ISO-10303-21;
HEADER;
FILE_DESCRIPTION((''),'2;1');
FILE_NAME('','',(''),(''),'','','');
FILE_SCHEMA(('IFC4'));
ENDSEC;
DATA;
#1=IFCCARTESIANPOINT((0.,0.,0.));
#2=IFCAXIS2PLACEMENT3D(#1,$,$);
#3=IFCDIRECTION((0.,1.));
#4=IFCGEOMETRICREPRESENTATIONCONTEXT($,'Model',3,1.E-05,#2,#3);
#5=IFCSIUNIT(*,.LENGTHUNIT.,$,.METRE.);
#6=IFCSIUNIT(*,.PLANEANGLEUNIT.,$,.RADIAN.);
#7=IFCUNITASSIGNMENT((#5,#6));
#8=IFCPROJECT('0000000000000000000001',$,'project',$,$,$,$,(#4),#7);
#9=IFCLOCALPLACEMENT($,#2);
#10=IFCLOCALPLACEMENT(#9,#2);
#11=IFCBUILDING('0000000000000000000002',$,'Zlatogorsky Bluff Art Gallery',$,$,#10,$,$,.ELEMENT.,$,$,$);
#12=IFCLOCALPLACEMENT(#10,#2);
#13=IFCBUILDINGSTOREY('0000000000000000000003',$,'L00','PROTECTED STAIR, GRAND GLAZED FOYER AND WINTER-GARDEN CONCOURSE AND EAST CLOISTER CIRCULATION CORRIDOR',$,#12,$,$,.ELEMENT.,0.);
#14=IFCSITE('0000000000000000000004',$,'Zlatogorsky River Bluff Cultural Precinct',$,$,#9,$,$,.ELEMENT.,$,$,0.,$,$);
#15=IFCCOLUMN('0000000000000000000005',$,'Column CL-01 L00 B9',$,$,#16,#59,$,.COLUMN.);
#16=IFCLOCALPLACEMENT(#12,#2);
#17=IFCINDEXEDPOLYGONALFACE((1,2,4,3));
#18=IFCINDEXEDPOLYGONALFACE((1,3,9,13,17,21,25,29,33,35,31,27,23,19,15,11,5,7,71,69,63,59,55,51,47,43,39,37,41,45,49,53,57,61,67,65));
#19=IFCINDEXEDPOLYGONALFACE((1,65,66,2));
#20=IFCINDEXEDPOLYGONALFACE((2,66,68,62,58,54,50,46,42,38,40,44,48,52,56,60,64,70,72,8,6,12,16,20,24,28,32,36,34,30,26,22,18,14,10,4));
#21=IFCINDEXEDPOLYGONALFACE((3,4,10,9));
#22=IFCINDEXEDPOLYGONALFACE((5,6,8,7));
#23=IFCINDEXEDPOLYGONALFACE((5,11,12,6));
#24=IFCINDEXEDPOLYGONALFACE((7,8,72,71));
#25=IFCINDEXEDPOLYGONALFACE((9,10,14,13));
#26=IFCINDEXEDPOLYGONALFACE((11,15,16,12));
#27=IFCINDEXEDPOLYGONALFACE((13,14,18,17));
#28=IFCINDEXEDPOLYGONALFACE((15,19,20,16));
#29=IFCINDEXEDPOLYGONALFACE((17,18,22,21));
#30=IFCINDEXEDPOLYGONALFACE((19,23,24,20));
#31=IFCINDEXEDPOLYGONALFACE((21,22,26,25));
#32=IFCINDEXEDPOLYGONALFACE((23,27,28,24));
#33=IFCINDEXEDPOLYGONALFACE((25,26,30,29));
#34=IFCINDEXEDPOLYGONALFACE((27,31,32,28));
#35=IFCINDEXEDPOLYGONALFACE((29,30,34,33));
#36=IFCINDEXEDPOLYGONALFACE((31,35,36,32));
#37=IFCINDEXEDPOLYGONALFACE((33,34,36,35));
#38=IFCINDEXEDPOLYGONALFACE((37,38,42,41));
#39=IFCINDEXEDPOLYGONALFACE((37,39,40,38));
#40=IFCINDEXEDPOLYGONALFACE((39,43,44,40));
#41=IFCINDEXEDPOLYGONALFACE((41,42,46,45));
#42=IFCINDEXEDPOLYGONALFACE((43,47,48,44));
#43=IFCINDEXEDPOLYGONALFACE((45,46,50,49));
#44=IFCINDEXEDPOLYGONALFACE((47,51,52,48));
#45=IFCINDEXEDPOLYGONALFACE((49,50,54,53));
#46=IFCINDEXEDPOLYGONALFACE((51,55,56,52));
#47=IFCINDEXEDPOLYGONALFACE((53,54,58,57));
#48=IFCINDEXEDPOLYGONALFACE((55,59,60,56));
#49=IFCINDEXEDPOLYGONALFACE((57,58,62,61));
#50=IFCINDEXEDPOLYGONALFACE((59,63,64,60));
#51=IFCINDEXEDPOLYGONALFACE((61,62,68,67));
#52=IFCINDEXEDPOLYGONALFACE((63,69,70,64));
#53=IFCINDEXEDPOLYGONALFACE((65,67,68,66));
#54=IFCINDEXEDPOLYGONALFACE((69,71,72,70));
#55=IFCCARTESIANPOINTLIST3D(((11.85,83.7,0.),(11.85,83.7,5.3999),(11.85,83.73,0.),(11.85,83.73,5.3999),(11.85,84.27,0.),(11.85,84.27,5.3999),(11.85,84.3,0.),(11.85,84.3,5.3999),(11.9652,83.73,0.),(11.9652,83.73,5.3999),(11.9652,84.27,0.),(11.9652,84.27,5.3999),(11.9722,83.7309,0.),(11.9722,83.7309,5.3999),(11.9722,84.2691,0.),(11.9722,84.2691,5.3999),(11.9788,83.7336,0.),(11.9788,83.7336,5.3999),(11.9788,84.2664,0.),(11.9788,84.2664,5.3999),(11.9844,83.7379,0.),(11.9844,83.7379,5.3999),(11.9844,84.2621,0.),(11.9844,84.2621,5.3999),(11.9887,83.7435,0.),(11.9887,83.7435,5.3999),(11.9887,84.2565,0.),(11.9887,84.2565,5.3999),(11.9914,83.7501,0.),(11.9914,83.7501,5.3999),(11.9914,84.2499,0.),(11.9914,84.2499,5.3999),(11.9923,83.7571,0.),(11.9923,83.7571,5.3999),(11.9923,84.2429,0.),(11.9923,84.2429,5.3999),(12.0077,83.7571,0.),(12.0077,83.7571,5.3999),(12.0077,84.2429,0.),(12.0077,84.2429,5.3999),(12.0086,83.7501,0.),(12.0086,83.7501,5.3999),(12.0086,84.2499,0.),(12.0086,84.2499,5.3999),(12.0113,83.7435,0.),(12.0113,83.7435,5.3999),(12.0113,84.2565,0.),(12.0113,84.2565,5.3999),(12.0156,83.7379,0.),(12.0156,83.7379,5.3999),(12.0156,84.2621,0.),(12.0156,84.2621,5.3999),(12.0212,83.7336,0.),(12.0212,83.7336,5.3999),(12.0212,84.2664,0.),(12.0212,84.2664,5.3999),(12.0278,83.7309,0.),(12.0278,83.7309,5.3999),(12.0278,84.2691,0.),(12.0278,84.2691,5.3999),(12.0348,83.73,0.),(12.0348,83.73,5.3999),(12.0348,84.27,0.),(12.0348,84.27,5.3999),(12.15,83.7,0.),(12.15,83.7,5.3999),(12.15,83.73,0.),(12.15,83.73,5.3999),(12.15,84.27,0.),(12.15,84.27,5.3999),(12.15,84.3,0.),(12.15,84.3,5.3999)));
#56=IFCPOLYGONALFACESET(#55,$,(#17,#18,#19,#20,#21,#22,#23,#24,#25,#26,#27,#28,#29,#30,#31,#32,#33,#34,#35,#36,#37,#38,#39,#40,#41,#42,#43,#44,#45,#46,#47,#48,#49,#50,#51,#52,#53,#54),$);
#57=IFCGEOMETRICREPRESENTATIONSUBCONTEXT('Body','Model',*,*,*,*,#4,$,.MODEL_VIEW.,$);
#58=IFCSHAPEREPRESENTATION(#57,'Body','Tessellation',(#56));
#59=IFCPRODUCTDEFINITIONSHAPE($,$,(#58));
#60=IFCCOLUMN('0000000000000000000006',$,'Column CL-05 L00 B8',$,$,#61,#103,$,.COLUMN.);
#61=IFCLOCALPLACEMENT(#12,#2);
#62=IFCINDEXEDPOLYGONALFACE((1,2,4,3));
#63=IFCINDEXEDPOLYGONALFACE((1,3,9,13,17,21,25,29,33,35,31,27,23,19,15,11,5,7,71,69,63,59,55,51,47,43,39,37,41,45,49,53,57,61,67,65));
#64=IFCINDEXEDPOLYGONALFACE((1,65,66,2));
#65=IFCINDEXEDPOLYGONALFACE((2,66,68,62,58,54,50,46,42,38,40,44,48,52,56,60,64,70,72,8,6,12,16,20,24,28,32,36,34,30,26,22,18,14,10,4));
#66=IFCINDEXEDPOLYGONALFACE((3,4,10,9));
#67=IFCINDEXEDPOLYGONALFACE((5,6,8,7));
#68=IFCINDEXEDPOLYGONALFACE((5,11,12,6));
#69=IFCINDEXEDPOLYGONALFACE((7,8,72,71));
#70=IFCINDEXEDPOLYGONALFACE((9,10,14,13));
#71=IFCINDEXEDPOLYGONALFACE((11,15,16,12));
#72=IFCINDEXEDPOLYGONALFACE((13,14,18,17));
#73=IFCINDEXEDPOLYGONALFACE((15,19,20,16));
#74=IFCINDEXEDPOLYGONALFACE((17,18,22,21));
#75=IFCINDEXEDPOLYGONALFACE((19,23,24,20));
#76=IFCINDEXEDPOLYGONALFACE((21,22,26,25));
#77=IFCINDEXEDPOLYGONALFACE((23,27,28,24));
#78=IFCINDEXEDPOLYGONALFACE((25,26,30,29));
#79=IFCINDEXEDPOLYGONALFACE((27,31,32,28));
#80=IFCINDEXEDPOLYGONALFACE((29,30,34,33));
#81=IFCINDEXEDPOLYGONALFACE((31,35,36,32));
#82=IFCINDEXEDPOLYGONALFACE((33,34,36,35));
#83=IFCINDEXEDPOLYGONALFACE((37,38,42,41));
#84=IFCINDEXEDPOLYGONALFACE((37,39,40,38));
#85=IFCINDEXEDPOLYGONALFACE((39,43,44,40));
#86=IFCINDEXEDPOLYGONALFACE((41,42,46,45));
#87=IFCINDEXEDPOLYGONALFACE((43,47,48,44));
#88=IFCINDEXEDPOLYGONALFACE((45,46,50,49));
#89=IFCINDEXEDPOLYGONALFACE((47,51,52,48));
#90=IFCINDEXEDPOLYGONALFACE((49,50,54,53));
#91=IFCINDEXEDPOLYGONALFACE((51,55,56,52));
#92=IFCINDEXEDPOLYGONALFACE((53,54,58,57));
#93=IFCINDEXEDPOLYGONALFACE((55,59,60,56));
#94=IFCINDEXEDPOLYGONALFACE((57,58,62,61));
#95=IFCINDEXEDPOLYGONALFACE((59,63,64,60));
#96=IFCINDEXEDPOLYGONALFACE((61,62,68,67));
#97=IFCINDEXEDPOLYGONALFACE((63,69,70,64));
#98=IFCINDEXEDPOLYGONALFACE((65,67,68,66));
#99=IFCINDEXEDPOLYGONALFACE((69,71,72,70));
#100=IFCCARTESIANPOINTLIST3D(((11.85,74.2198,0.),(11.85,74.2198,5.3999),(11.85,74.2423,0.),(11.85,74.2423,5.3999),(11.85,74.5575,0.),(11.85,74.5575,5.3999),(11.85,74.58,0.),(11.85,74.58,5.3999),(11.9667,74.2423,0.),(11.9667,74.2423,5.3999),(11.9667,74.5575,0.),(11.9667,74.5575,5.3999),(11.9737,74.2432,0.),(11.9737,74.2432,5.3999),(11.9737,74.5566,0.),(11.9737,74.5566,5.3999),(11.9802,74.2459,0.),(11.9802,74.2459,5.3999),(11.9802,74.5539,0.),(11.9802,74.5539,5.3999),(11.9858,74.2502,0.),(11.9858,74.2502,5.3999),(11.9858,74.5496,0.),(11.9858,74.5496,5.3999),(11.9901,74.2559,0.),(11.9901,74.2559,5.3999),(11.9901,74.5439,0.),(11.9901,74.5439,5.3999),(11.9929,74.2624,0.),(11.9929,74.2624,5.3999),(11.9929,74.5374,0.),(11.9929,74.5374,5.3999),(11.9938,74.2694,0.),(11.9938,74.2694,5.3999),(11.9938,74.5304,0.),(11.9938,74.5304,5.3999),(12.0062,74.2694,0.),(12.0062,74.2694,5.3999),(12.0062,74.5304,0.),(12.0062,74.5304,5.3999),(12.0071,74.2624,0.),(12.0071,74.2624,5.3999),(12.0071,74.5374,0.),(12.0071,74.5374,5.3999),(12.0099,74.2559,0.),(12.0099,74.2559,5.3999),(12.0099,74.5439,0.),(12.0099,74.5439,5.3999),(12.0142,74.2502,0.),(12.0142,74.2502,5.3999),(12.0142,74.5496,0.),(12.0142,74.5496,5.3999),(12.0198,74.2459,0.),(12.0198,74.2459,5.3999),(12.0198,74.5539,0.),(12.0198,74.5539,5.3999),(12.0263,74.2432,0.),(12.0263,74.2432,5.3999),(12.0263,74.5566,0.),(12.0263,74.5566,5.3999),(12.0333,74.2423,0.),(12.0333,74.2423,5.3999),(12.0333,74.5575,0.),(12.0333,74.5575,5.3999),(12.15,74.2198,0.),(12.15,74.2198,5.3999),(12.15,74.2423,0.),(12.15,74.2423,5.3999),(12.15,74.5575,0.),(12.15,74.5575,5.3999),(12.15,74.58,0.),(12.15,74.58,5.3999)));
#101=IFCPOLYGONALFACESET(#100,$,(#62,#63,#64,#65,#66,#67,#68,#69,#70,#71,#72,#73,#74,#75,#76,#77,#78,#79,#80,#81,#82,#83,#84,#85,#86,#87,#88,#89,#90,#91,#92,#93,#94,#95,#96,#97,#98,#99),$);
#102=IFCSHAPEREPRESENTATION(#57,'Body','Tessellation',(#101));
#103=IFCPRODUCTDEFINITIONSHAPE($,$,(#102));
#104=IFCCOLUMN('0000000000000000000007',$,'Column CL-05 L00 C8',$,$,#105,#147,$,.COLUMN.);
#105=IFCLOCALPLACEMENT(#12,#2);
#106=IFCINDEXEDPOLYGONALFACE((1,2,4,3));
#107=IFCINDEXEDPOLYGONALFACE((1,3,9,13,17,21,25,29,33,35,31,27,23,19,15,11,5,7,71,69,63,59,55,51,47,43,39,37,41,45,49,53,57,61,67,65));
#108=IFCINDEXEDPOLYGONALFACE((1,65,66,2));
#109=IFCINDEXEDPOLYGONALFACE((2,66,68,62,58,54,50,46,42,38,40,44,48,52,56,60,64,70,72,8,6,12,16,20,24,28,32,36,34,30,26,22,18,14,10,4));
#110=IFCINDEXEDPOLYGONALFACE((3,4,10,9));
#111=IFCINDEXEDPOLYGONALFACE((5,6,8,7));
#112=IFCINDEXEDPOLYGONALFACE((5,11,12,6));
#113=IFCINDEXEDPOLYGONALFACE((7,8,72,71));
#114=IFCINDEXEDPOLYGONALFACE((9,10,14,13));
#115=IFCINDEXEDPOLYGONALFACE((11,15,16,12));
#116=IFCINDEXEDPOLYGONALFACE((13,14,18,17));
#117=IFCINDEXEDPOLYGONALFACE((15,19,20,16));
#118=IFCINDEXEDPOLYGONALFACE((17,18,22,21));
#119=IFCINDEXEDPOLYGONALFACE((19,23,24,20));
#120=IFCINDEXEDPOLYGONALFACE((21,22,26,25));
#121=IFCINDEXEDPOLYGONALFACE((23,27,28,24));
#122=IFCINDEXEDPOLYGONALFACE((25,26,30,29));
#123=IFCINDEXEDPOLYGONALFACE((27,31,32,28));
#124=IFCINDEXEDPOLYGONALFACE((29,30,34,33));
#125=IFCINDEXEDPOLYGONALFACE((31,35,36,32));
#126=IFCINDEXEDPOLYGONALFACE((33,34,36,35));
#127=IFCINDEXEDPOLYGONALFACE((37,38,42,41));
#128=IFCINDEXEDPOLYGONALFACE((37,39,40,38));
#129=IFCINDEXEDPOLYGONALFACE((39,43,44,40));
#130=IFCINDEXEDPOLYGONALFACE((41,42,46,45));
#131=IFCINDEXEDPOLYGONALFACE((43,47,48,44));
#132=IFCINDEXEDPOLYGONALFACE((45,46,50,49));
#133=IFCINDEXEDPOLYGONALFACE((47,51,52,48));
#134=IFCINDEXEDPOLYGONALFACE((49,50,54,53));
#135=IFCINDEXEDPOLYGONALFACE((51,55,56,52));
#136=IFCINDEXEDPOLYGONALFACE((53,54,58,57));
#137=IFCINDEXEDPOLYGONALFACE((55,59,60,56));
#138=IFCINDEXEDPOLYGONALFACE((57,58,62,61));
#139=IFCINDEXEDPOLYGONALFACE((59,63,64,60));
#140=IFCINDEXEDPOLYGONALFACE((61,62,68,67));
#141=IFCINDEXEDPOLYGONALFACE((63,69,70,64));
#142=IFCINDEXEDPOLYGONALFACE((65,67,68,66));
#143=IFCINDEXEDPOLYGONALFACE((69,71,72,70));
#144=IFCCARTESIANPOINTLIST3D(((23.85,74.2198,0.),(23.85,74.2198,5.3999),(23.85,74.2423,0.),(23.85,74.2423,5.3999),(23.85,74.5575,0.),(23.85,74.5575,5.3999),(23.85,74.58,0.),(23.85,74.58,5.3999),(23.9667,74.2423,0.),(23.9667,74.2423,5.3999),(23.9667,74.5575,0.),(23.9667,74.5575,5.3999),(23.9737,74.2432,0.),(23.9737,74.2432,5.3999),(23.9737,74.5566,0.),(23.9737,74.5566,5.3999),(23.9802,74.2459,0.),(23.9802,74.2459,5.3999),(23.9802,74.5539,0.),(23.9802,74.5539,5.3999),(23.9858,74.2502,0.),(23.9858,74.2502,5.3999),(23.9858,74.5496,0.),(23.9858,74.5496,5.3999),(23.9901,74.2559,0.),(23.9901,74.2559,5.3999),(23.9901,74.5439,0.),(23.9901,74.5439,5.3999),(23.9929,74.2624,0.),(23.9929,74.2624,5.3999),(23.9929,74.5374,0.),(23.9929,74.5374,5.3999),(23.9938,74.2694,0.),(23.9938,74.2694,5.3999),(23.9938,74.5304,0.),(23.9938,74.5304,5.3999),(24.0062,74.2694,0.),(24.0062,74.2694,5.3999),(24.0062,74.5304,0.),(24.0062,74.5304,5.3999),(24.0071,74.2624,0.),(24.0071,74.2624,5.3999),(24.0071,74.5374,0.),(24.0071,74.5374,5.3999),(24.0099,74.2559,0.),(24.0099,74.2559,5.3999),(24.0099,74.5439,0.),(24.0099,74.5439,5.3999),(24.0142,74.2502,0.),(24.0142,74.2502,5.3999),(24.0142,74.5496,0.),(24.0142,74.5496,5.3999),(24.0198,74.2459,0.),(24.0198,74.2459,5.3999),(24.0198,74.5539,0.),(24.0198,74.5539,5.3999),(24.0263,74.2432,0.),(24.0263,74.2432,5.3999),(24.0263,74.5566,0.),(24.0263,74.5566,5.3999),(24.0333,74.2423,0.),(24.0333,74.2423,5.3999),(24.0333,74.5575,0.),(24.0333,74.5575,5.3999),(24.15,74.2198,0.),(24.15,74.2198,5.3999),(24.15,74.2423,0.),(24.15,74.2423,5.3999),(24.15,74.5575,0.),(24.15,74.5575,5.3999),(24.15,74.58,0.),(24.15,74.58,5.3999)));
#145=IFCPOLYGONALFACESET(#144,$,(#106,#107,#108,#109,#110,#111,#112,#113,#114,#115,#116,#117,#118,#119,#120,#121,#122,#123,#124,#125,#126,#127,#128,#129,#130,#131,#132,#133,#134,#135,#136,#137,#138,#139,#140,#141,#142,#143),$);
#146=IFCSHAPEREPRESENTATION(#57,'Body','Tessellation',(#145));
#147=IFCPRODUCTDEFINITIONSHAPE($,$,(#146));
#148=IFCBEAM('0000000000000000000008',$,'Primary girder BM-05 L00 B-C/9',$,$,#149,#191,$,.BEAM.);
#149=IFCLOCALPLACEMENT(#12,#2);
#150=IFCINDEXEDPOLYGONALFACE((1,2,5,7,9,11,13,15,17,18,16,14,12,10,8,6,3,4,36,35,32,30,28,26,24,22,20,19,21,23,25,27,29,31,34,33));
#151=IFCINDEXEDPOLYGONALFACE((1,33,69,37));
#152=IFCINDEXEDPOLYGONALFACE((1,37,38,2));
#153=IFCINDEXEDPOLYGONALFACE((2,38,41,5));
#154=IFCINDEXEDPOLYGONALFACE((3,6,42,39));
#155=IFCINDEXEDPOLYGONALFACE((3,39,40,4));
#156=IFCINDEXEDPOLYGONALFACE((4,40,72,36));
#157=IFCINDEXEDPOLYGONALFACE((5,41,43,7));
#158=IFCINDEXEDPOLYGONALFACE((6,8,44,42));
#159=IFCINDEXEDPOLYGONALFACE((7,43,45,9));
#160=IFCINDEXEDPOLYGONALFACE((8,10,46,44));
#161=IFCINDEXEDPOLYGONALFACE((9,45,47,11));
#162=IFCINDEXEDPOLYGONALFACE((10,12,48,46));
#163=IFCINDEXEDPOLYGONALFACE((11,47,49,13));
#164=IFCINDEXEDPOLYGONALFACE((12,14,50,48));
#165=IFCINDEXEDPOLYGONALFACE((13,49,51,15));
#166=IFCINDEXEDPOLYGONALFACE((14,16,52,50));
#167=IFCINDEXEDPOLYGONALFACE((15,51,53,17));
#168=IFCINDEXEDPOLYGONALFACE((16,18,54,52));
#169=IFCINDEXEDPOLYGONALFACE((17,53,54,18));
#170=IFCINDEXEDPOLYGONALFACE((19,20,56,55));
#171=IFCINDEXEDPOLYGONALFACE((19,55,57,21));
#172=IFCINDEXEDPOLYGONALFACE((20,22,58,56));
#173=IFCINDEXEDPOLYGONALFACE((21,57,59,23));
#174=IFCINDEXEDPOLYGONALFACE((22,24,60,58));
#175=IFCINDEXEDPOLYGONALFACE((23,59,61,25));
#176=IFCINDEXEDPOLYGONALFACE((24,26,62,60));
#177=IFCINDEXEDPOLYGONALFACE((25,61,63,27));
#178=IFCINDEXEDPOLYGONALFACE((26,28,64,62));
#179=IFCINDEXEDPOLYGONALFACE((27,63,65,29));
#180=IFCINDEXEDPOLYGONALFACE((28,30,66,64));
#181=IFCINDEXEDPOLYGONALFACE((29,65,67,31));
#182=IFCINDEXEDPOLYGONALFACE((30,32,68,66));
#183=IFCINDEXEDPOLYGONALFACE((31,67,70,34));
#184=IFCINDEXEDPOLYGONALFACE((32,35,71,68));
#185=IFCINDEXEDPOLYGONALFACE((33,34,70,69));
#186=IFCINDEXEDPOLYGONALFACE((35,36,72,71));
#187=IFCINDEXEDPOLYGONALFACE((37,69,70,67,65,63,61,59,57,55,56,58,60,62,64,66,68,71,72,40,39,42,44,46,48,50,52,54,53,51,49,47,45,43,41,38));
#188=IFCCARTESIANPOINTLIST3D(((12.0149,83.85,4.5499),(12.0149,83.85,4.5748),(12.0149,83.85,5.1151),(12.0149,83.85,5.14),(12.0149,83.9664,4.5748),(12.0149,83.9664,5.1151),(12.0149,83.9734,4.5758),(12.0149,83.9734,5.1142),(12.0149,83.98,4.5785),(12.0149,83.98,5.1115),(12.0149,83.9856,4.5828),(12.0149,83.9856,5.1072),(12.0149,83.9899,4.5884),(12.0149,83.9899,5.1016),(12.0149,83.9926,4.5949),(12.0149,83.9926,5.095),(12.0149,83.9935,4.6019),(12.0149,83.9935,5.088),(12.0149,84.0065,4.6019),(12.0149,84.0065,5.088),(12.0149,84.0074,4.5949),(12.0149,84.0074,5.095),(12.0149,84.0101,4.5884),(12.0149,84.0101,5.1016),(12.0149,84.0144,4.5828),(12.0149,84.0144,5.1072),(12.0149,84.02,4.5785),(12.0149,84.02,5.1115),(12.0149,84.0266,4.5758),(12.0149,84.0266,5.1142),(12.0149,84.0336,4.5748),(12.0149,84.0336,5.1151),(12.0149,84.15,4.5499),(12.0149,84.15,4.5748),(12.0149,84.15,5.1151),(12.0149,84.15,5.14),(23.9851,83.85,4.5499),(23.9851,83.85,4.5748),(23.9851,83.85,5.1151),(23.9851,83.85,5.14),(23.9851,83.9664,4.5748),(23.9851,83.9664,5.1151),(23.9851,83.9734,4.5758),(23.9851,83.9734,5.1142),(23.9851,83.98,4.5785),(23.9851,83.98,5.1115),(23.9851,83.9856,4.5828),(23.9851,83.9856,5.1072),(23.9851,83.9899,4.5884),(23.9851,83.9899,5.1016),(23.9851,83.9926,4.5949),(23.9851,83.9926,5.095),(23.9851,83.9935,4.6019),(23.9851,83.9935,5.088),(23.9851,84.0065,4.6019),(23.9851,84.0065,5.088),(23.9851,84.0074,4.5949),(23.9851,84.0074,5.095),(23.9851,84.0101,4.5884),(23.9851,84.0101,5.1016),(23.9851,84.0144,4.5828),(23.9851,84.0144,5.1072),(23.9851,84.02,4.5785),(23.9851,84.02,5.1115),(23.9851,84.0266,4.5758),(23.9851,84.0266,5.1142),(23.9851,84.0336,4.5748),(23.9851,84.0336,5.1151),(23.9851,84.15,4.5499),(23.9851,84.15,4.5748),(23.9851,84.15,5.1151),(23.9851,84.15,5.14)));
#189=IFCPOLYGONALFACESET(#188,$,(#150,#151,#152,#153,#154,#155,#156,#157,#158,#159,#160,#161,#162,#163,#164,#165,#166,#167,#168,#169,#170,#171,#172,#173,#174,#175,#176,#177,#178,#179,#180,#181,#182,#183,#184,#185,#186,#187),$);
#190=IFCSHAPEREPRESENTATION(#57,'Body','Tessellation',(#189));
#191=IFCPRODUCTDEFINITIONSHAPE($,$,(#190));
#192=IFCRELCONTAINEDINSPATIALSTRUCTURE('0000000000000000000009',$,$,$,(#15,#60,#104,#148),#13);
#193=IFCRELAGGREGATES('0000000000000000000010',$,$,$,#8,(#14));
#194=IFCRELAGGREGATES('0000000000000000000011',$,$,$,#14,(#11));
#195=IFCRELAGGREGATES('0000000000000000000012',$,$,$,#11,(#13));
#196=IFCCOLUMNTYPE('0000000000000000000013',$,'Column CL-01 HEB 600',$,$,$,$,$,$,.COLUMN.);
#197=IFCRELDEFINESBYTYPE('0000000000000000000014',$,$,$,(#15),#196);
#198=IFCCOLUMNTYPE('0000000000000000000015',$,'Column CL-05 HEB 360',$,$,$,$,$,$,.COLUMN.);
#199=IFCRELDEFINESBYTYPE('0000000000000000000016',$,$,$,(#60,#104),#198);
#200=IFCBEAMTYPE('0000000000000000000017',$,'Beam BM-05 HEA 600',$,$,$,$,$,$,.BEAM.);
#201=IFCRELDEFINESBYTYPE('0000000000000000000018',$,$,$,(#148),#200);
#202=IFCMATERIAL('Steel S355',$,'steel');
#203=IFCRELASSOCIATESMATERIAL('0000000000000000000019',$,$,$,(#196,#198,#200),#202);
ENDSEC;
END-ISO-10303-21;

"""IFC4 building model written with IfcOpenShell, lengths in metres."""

from ifc_helpers import new_model, si_unit, direction, frame, origin, origin_2d, place, context, subcontext, project, spatial, i_section, extrude, material, material_profile, profile_set, type_object, element, save


model = new_model("IFC4")

# Units and contexts
model_context = context("Model", 3, precision=1e-05, world=origin(), true_north=direction((0.0, 1.0)))
body_context = subcontext(model_context, "Body", "Model", "MODEL_VIEW")
ifc_project = project(units=[si_unit("LENGTHUNIT", "METRE"), si_unit("PLANEANGLEUNIT", "RADIAN")], contexts=[model_context])

# Site, building, storey
site_placement = place(None, origin())
site = spatial("IfcSite", under=ifc_project, at=site_placement, Name="Zlatogorsky River Bluff Cultural Precinct", CompositionType="ELEMENT", RefElevation=0.0)
building_placement = place(site_placement, origin())
building = spatial("IfcBuilding", under=site, at=building_placement, Name="Zlatogorsky Bluff Art Gallery", CompositionType="ELEMENT")
storey_placement = place(building_placement, origin())
storey = spatial("IfcBuildingStorey", under=building, at=storey_placement, Name="L00", Description="PROTECTED STAIR, GRAND GLAZED FOYER AND WINTER-GARDEN CONCOURSE AND EAST CLOISTER CIRCULATION CORRIDOR", CompositionType="ELEMENT", Elevation=0.0)

# Columns
ifc_material_1 = material(Name="Steel S355", Category="steel")
ifc_material_profile_1 = material_profile(ifc_material_1, i_section(OverallWidth=0.3, OverallDepth=0.6001, WebThickness=0.0154, FlangeThickness=0.03, FilletRadius=0.0271, at=origin_2d()), Name="HEB 600")
ifc_profile_set_1 = profile_set([ifc_material_profile_1], Name="Steel S355")
column_type_1 = type_object("IfcColumnType", Name="Column CL-01 HEB 600", PredefinedType="COLUMN", material=ifc_profile_set_1)
column_placement = place(storey_placement, frame((12.0, 84.0, 0.0), z_axis=(0.0, 0.0, 1.0), x_axis=(1.0, 0.0, 0.0)))
element("IfcColumn", 1, at=column_placement, inside=storey, type_object=column_type_1, Name="Column CL-01 L00 B9", PredefinedType="COLUMN", context=body_context, shape_type="SweptSolid", body=[
    extrude(i_section(OverallWidth=0.3, OverallDepth=0.6001, WebThickness=0.0154, FlangeThickness=0.03, FilletRadius=0.0271, at=origin_2d()), origin(), (0.0, 0.0, 1.0), 5.3999),
])
ifc_material_profile_2 = material_profile(ifc_material_1, i_section(OverallWidth=0.3, OverallDepth=0.3601, WebThickness=0.0125, FlangeThickness=0.0225, FilletRadius=0.0271, at=origin_2d()), Name="HEB 360")
ifc_profile_set_2 = profile_set([ifc_material_profile_2], Name="Steel S355")
column_type_2 = type_object("IfcColumnType", Name="Column CL-05 HEB 360", PredefinedType="COLUMN", material=ifc_profile_set_2)
for number, where, z_axis, x_axis, name in (
    (2, (12.0, 74.3999, 0.0), (0.0, 0.0, 1.0), (1.0, 0.0, 0.0), "Column CL-05 L00 B8"),
    (3, (24.0, 74.3999, 0.0), (0.0, 0.0, 1.0), (1.0, 0.0, 0.0), "Column CL-05 L00 C8"),
):
    element("IfcColumn", number, at=place(storey_placement, frame(where, z_axis=z_axis, x_axis=x_axis)), inside=storey, type_object=column_type_2, Name=name, PredefinedType="COLUMN", context=body_context, shape_type="SweptSolid", body=[
        extrude(i_section(OverallWidth=0.3, OverallDepth=0.3601, WebThickness=0.0125, FlangeThickness=0.0225, FilletRadius=0.0271, at=origin_2d()), origin(), (0.0, 0.0, 1.0), 5.3999),
    ])

# Beam
ifc_material_profile_3 = material_profile(ifc_material_1, i_section(OverallWidth=0.3, OverallDepth=0.5901, WebThickness=0.0129, FlangeThickness=0.0249, FilletRadius=0.0271, at=origin_2d()), Name="HEA 600")
ifc_profile_set_3 = profile_set([ifc_material_profile_3], Name="Steel S355")
beam_type_1 = type_object("IfcBeamType", Name="Beam BM-05 HEA 600", PredefinedType="BEAM", material=ifc_profile_set_3)
beam_1_placement = place(storey_placement, frame((12.0149, 84.0, 4.845), z_axis=(1.0, 0.0, 0.0), x_axis=(0.0, 1.0, 0.0)))
element("IfcBeam", 4, at=beam_1_placement, inside=storey, type_object=beam_type_1, Name="Primary girder BM-05 L00 B-C/9", PredefinedType="BEAM", context=body_context, shape_type="SweptSolid", body=[
    extrude(i_section(OverallWidth=0.3, OverallDepth=0.5901, WebThickness=0.0129, FlangeThickness=0.0249, FilletRadius=0.0271, at=origin_2d()), origin(), (0.0, 0.0, 1.0), 11.9702),
])

save(model, "model.ifc")
